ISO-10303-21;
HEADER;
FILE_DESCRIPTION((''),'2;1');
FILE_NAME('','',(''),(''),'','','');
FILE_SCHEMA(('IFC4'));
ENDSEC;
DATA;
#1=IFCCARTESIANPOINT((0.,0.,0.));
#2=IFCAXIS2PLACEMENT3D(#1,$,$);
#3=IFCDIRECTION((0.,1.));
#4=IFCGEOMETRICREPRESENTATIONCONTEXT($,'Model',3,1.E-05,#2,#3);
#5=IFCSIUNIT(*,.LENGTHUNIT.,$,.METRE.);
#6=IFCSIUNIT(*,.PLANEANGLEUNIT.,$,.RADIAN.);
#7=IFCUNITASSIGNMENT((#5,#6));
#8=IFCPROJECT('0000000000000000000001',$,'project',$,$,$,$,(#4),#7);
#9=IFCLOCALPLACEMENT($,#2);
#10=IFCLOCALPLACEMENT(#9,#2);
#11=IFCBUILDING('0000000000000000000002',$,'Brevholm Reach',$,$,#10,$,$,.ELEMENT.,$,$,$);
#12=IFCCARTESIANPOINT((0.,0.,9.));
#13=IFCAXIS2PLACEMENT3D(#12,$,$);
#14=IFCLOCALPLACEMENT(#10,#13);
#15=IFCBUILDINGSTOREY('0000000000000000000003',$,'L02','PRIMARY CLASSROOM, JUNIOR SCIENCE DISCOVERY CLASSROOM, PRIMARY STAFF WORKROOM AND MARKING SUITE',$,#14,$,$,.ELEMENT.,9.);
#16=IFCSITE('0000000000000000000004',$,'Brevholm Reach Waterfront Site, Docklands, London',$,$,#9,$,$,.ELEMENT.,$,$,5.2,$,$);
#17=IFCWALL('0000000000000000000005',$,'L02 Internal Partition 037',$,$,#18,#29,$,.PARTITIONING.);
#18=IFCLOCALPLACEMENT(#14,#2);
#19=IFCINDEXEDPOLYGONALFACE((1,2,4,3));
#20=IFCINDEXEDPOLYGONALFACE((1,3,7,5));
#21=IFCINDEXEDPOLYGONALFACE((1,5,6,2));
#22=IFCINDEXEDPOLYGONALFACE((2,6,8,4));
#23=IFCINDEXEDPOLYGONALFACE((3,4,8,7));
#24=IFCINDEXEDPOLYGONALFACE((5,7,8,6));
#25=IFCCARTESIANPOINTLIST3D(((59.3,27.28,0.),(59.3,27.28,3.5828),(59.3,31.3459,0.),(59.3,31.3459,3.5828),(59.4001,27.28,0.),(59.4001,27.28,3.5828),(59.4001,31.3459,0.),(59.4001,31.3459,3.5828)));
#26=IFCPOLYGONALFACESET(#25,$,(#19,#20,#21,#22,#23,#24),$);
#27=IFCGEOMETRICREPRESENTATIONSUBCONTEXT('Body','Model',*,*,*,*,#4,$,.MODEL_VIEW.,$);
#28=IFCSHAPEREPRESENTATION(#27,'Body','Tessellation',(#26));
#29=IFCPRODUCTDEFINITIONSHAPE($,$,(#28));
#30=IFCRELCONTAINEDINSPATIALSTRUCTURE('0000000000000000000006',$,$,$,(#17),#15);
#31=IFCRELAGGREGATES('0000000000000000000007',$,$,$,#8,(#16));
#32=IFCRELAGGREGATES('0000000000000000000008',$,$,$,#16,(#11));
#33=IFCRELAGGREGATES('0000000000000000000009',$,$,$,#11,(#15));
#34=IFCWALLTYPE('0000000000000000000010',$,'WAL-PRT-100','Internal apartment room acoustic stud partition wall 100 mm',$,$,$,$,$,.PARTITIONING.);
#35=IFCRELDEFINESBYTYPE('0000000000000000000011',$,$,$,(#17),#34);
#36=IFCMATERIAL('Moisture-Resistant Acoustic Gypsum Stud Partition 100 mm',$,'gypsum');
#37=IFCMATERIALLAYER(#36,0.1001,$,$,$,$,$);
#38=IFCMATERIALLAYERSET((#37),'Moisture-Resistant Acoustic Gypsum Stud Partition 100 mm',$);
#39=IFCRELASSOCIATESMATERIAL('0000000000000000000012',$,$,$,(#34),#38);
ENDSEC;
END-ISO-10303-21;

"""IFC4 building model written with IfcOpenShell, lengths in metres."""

from ifc_helpers import new_model, si_unit, direction, frame, frame_2d, origin, place, context, subcontext, project, spatial, rectangle, extrude, material, layer, layer_set, type_object, element, save


model = new_model("IFC4")

# Units and contexts
model_context = context("Model", 3, precision=1e-05, world=origin(), true_north=direction((0.0, 1.0)))
body_context = subcontext(model_context, "Body", "Model", "MODEL_VIEW")
ifc_project = project(units=[si_unit("LENGTHUNIT", "METRE"), si_unit("PLANEANGLEUNIT", "RADIAN")], contexts=[model_context])

# Site, building, storey
site_placement = place(None, origin())
site = spatial("IfcSite", under=ifc_project, at=site_placement, Name="Brevholm Reach Waterfront Site, Docklands, London", CompositionType="ELEMENT", RefElevation=5.2)
building_placement = place(site_placement, origin())
building = spatial("IfcBuilding", under=site, at=building_placement, Name="Brevholm Reach", CompositionType="ELEMENT")
storey_placement = place(building_placement, frame((0.0, 0.0, 9.0)))
storey = spatial("IfcBuildingStorey", under=building, at=storey_placement, Name="L02", Description="PRIMARY CLASSROOM, JUNIOR SCIENCE DISCOVERY CLASSROOM, PRIMARY STAFF WORKROOM AND MARKING SUITE", CompositionType="ELEMENT", Elevation=9.0)

# Shared definitions
ifc_material_1 = material(Name="Moisture-Resistant Acoustic Gypsum Stud Partition 100 mm", Category="gypsum")
ifc_layer = layer(ifc_material_1, 0.1001)
ifc_layer_set = layer_set([ifc_layer], Name="Moisture-Resistant Acoustic Gypsum Stud Partition 100 mm")
wall_type = type_object("IfcWallType", Name="WAL-PRT-100", Description="Internal apartment room acoustic stud partition wall 100 mm", PredefinedType="PARTITIONING", material=ifc_layer_set)

# Wall
wall_1_placement = place(storey_placement, frame((59.3501, 27.28, 0.0), z_axis=(0.0, 0.0, 1.0), x_axis=(0.0, 1.0, 0.0)))
element("IfcWall", 1, at=wall_1_placement, inside=storey, type_object=wall_type, Name="L02 Internal Partition 037", PredefinedType="PARTITIONING", context=body_context, shape_type="SweptSolid", body=[
    extrude(rectangle(XDim=4.0659, YDim=0.1001, at=frame_2d((2.033, 0.0))), origin(), (0.0, 0.0, 1.0), 3.5828),
])

save(model, "model.ifc")
